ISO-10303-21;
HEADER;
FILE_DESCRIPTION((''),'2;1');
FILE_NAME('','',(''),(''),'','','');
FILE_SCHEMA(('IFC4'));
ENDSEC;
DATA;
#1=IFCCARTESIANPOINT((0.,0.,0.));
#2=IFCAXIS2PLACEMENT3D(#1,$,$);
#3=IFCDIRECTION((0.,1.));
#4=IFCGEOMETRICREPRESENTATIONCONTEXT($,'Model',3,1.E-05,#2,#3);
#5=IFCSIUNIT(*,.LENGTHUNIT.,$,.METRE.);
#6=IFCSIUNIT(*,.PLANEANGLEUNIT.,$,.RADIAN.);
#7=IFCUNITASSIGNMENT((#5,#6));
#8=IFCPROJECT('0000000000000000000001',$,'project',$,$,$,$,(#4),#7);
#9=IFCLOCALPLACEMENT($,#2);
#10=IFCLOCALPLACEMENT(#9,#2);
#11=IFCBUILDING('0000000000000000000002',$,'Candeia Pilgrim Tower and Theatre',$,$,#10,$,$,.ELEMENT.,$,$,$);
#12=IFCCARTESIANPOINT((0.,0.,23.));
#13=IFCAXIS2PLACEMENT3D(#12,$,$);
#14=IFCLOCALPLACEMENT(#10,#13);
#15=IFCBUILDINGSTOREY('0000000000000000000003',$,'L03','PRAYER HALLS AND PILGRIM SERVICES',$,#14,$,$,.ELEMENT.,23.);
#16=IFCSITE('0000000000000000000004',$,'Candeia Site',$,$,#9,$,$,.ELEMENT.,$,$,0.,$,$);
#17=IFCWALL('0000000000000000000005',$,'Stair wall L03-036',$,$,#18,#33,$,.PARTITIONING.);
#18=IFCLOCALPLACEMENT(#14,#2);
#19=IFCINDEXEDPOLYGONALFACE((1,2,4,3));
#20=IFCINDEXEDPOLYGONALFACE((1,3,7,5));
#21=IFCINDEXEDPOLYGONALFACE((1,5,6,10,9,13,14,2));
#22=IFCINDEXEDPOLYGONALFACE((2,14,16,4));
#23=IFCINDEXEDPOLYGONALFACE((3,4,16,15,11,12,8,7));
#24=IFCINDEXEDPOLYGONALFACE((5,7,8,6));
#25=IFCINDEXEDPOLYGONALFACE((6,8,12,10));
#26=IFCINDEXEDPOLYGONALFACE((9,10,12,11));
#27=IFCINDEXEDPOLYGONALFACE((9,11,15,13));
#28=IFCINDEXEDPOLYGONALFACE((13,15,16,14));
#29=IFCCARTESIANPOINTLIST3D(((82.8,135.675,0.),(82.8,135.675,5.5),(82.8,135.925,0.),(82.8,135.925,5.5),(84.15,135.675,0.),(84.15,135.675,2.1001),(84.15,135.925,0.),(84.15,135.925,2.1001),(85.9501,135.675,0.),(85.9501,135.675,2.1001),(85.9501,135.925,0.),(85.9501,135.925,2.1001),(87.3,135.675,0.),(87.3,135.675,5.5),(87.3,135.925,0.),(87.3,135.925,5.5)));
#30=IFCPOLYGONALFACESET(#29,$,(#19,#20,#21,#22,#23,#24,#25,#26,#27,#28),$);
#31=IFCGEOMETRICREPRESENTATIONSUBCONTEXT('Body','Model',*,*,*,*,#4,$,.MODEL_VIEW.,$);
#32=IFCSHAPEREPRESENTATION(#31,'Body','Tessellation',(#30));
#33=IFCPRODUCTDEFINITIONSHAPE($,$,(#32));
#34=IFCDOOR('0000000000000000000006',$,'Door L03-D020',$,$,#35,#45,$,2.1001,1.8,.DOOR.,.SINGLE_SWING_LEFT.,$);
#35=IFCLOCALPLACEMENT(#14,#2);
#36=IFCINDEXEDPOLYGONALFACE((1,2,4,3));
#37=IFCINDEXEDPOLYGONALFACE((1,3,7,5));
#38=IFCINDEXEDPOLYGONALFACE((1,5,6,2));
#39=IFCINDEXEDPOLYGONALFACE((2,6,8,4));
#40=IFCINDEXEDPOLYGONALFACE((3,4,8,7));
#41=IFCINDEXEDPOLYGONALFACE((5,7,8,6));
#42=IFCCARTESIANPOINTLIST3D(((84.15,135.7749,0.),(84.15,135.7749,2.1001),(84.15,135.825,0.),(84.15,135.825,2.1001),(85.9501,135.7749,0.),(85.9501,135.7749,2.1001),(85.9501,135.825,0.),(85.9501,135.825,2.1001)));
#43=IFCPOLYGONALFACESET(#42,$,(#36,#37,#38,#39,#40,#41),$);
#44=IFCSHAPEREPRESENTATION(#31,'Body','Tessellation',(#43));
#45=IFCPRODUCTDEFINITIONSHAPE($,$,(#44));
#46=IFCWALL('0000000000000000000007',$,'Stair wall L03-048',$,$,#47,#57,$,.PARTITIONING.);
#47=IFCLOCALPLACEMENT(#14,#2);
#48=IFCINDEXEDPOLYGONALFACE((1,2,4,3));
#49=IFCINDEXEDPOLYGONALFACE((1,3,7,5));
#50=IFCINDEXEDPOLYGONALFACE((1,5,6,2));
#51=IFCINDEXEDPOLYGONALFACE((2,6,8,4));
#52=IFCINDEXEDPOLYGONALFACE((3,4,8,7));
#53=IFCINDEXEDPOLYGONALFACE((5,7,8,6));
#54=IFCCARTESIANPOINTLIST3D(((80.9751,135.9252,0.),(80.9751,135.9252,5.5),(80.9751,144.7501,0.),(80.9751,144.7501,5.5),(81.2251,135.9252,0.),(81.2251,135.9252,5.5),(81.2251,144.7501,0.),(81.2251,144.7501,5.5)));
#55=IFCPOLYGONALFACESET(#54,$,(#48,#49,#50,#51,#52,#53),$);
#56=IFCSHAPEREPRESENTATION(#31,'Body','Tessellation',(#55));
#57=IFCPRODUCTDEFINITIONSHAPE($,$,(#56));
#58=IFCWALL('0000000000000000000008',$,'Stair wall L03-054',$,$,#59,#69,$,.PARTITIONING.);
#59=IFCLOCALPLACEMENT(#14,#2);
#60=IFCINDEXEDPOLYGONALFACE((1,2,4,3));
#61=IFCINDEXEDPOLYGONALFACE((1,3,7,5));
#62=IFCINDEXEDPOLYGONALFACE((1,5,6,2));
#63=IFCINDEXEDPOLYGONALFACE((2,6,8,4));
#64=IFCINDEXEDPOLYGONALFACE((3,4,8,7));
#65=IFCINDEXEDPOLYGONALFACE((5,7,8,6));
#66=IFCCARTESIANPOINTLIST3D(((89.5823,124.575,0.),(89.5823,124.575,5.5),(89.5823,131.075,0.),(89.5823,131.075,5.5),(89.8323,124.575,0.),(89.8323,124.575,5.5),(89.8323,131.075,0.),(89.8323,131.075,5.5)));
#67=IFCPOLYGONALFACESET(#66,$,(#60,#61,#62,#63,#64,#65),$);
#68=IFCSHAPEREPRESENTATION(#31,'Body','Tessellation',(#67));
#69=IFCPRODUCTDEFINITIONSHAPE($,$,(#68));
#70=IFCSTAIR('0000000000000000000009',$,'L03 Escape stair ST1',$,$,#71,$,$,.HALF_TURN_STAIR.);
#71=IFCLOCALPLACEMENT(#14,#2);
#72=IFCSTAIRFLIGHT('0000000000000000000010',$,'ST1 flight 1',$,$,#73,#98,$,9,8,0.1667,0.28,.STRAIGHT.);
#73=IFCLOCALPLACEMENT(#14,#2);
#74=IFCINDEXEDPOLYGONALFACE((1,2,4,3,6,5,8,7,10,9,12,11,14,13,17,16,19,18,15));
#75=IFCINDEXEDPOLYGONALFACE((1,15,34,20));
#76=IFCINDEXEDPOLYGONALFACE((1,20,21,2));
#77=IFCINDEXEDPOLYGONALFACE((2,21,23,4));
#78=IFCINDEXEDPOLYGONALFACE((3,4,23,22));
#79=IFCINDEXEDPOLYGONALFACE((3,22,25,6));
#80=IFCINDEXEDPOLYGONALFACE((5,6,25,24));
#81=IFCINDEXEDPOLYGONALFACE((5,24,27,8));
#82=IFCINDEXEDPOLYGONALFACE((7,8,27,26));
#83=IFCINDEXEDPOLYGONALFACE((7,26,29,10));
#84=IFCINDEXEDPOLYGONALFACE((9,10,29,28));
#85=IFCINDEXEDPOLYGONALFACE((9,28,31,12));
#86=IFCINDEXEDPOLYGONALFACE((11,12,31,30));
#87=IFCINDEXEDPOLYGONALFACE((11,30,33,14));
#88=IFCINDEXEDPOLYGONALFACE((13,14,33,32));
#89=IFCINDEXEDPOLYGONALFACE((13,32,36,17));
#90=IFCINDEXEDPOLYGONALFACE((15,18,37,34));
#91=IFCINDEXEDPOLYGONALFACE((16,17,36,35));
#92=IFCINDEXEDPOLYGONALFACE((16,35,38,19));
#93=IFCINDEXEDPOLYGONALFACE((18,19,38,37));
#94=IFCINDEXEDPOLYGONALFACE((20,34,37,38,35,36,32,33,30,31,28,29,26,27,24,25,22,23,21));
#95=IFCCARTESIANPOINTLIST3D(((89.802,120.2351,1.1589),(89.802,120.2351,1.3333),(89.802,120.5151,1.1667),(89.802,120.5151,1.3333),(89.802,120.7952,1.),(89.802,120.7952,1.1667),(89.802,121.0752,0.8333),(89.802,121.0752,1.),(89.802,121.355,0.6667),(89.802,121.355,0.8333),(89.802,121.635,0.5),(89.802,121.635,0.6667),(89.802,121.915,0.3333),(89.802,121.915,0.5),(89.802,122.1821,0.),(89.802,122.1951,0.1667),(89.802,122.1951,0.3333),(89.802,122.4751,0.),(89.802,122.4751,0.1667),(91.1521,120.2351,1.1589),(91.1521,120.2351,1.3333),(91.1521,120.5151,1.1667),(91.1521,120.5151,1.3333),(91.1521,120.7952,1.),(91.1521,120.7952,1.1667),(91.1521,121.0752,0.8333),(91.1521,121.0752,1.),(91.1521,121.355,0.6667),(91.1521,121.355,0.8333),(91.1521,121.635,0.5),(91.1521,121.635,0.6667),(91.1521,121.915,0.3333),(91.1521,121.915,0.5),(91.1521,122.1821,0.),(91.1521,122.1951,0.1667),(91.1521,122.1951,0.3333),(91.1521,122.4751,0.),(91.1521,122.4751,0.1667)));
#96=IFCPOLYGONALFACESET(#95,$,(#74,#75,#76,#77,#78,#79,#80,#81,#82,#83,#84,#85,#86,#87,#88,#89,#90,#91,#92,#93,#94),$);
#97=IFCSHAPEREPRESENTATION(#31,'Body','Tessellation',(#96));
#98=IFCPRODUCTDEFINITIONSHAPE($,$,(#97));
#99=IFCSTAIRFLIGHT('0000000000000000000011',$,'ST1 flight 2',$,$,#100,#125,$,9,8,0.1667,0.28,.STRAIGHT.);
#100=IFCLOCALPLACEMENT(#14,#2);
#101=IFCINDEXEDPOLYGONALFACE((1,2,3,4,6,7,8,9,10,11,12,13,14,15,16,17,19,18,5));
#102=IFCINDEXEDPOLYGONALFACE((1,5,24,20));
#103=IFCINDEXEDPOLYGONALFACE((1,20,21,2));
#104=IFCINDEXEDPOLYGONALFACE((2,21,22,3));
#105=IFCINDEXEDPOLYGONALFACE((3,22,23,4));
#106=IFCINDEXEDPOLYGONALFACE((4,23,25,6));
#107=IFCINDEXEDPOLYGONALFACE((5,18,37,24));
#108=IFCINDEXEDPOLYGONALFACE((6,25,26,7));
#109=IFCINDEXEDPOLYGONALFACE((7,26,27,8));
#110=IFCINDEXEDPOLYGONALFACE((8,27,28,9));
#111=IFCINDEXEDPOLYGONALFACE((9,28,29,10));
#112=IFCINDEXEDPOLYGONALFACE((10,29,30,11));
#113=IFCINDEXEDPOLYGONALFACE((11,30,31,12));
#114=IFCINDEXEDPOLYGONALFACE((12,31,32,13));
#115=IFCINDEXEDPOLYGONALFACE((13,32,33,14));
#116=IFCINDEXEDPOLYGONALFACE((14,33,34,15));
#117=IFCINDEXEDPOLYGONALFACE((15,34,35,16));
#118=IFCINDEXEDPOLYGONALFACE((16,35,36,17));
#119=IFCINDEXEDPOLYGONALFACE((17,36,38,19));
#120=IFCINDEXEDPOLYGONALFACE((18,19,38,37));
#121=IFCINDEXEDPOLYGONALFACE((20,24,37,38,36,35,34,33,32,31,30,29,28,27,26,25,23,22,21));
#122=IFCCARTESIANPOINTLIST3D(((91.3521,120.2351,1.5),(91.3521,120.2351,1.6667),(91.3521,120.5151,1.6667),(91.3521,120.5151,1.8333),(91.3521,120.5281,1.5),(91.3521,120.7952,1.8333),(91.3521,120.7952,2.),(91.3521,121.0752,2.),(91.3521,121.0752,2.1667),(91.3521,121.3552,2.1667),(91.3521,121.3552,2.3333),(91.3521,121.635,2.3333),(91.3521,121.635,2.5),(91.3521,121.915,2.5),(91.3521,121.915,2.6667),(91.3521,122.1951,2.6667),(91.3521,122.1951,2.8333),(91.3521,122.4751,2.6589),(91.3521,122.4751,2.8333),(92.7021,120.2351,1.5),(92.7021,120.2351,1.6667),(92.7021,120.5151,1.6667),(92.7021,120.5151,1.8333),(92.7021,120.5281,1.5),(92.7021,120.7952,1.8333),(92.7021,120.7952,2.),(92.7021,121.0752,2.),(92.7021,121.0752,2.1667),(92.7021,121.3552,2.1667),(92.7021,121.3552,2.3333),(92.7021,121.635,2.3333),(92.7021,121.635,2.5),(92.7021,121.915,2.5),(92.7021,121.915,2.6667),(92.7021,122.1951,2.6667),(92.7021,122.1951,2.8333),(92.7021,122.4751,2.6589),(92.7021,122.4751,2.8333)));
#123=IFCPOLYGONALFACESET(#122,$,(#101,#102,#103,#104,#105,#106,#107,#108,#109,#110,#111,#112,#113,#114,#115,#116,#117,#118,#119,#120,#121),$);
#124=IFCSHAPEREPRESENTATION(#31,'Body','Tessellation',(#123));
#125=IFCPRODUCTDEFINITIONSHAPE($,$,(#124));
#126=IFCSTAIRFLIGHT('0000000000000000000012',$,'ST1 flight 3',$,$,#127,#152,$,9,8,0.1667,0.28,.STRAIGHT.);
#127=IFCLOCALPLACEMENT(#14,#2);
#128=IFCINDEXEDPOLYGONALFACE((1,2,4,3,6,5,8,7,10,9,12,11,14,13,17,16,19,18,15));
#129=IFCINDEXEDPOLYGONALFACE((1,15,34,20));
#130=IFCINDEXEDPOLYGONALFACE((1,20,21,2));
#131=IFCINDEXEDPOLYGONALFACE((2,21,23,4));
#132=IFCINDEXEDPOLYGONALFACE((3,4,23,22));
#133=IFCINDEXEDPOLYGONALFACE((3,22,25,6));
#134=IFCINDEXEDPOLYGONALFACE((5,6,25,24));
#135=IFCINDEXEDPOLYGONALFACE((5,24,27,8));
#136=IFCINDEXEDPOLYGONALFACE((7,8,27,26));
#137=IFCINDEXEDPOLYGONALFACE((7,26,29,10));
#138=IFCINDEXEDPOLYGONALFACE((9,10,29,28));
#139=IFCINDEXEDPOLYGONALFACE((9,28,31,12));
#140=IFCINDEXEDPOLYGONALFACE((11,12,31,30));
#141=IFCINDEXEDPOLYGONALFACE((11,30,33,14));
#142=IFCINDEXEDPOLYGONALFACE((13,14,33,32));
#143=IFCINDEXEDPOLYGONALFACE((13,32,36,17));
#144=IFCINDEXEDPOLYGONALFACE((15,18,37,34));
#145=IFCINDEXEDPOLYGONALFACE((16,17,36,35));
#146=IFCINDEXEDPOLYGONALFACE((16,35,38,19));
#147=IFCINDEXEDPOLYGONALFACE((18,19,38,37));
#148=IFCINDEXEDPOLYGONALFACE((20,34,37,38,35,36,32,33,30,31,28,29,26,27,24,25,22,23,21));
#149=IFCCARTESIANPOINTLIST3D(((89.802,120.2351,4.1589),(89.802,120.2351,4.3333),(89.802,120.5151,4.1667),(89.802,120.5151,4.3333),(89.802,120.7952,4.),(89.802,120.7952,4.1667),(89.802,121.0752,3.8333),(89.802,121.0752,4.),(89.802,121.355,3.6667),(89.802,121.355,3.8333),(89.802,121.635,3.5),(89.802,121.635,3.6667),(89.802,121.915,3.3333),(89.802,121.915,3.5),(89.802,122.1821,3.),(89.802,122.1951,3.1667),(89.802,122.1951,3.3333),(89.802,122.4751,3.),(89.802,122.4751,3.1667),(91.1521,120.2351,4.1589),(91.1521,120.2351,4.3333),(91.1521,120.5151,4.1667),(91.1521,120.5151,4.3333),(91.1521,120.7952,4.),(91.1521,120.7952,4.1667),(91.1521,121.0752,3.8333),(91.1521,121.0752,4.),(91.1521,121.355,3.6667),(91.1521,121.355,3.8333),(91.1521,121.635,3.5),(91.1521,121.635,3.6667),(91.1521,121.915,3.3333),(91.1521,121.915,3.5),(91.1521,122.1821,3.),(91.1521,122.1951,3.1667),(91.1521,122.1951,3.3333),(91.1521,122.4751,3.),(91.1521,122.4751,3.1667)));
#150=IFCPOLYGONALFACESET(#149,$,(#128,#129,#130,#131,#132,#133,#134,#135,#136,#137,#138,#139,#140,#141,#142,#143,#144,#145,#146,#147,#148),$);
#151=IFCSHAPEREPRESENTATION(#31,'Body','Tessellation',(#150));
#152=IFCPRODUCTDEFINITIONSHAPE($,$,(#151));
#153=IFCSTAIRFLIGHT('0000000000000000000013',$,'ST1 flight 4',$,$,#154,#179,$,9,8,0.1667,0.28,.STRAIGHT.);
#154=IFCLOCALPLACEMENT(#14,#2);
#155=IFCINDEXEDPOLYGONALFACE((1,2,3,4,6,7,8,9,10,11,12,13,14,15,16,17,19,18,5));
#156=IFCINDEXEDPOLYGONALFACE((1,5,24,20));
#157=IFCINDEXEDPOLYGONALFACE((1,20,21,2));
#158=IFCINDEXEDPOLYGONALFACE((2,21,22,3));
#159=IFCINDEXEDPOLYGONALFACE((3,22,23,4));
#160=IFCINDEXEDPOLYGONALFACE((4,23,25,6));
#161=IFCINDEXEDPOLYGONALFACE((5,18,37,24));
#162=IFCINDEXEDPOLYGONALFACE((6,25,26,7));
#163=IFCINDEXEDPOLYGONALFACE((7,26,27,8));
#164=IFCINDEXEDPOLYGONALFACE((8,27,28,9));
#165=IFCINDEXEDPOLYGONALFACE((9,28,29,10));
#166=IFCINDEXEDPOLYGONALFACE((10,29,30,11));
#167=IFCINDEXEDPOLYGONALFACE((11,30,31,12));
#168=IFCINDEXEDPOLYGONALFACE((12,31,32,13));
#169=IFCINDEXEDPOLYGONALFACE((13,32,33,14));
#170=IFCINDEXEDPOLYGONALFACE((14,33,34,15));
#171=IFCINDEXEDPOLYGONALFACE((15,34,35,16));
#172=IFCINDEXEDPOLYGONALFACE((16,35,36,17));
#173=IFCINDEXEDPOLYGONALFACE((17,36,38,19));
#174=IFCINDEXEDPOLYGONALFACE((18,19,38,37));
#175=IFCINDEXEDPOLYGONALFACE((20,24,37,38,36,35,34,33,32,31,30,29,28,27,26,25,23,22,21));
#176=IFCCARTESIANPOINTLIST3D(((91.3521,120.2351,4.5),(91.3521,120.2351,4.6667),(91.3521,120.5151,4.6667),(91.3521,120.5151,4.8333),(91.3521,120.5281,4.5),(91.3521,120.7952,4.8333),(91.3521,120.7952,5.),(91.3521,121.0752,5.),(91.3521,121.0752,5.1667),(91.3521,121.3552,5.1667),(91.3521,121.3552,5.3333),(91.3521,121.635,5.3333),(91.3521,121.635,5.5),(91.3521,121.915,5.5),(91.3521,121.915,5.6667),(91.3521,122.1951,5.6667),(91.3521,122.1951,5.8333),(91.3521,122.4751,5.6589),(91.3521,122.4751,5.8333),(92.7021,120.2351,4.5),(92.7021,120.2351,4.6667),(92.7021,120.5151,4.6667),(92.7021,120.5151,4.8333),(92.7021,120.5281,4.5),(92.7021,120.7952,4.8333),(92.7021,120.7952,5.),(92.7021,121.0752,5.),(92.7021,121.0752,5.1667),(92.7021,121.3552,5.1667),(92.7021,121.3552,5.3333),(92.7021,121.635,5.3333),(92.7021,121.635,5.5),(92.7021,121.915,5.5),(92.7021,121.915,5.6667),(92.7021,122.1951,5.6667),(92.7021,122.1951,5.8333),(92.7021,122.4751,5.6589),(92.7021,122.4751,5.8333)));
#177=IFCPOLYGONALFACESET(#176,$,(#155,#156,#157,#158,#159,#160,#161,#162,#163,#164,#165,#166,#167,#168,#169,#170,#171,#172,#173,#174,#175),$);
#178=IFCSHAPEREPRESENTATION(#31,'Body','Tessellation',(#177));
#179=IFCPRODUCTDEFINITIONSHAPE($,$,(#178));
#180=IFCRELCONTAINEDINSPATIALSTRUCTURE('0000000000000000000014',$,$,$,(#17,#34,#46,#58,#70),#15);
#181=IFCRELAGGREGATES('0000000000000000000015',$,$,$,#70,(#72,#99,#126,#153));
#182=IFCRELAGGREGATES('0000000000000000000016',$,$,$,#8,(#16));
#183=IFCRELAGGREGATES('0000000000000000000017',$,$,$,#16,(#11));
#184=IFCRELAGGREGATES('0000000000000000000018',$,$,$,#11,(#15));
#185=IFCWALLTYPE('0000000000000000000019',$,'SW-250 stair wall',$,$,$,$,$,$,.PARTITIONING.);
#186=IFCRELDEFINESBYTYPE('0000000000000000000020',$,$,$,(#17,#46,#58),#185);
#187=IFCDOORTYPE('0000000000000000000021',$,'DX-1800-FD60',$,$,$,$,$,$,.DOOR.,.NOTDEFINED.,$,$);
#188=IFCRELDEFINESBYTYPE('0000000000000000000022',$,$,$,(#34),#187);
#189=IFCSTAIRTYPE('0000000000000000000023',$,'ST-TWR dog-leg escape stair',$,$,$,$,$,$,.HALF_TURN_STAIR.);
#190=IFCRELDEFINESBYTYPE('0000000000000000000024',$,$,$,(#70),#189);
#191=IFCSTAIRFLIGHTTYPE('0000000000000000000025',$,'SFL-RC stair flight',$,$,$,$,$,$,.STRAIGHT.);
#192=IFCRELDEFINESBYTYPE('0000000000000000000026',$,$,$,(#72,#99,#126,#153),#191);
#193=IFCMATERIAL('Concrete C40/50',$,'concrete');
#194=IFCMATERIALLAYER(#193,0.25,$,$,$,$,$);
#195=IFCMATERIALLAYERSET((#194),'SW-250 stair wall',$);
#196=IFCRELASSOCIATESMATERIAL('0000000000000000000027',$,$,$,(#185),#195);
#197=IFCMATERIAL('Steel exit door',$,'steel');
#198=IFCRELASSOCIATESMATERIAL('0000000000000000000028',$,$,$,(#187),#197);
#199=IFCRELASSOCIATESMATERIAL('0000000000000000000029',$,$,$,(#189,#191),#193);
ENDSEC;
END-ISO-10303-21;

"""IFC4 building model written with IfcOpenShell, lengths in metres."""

from ifc_helpers import new_model, si_unit, direction, frame, frame_2d, origin, place, context, subcontext, project, spatial, polyline, rectangle, outline, extrude, material, layer, layer_set, type_object, element, fill, aggregate, save


model = new_model("IFC4")

# Units and contexts
model_context = context("Model", 3, precision=1e-05, world=origin(), true_north=direction((0.0, 1.0)))
body_context = subcontext(model_context, "Body", "Model", "MODEL_VIEW")
ifc_project = project(units=[si_unit("LENGTHUNIT", "METRE"), si_unit("PLANEANGLEUNIT", "RADIAN")], contexts=[model_context])

# Site, building, storey
site_placement = place(None, origin())
site = spatial("IfcSite", under=ifc_project, at=site_placement, Name="Candeia Site", CompositionType="ELEMENT", RefElevation=0.0)
building_placement = place(site_placement, origin())
building = spatial("IfcBuilding", under=site, at=building_placement, Name="Candeia Pilgrim Tower and Theatre", CompositionType="ELEMENT")
storey_placement = place(building_placement, frame((0.0, 0.0, 23.0)))
storey = spatial("IfcBuildingStorey", under=building, at=storey_placement, Name="L03", Description="PRAYER HALLS AND PILGRIM SERVICES", CompositionType="ELEMENT", Elevation=23.0)

# Shared definitions
ifc_material_1 = material(Name="Concrete C40/50", Category="concrete")
ifc_layer_1 = layer(ifc_material_1, 0.25)
ifc_layer_set_1 = layer_set([ifc_layer_1], Name="SW-250 stair wall")
wall_type_1 = type_object("IfcWallType", Name="SW-250 stair wall", PredefinedType="PARTITIONING", material=ifc_layer_set_1)

# Wall, opening, door
wall_1_placement = place(storey_placement, frame((82.8, 135.8, 0.0), z_axis=(0.0, 0.0, 1.0), x_axis=(1.0, 0.0, 0.0)))
wall_1 = element("IfcWall", 1, at=wall_1_placement, inside=storey, type_object=wall_type_1, Name="Stair wall L03-036", PredefinedType="PARTITIONING", context=body_context, shape_type="SweptSolid", body=[
    extrude(rectangle(XDim=4.5, YDim=0.25, at=frame_2d((2.25, 0.0))), origin(), (0.0, 0.0, 1.0), 5.5),
])
opening_1_placement = place(wall_1_placement, frame((1.3501, 0.0, 0.0)))
opening_1 = element("IfcOpeningElement", 2, at=opening_1_placement, cuts=wall_1, PredefinedType="OPENING", context=body_context, shape_type="SweptSolid", body=[
    extrude(rectangle(XDim=1.8, YDim=2.1001, at=frame_2d((0.8999, 1.05))), frame((0.0, 0.135, 0.0), z_axis=(0.0, -1.0, 0.0), x_axis=(1.0, 0.0, 0.0)), (0.0, 0.0, 1.0), 0.27),
])
ifc_material_2 = material(Name="Steel exit door", Category="steel")
door_type_1 = type_object("IfcDoorType", Name="DX-1800-FD60", OperationType="NOTDEFINED", PredefinedType="DOOR", material=ifc_material_2)
door_1_placement = place(opening_1_placement, origin())
door_1 = element("IfcDoor", 3, at=door_1_placement, inside=storey, type_object=door_type_1, Name="Door L03-D020", OperationType="SINGLE_SWING_LEFT", OverallHeight=2.1001, OverallWidth=1.8, PredefinedType="DOOR", context=body_context, shape_type="SweptSolid", body=[
    extrude(rectangle(XDim=1.8, YDim=2.1001, at=frame_2d((0.8999, 1.05))), frame((0.0, 0.0249, 0.0), z_axis=(0.0, -1.0, 0.0), x_axis=(1.0, 0.0, 0.0)), (0.0, 0.0, 1.0), 0.05),
])
fill(opening_1, door_1)

# Walls
wall_2_placement = place(storey_placement, frame((81.1001, 135.925, 0.0), z_axis=(0.0, 0.0, 1.0), x_axis=(0.0, 1.0, 0.0)))
element("IfcWall", 4, at=wall_2_placement, inside=storey, type_object=wall_type_1, Name="Stair wall L03-048", PredefinedType="PARTITIONING", context=body_context, shape_type="SweptSolid", body=[
    extrude(rectangle(XDim=8.825, YDim=0.25, at=frame_2d((4.4126, 0.0))), origin(), (0.0, 0.0, 1.0), 5.5),
])
wall_3_placement = place(storey_placement, frame((89.7073, 124.575, 0.0), z_axis=(0.0, 0.0, 1.0), x_axis=(0.0, 1.0, 0.0)))
element("IfcWall", 5, at=wall_3_placement, inside=storey, type_object=wall_type_1, Name="Stair wall L03-054", PredefinedType="PARTITIONING", context=body_context, shape_type="SweptSolid", body=[
    extrude(rectangle(XDim=6.5, YDim=0.25, at=frame_2d((3.25, 0.0))), origin(), (0.0, 0.0, 1.0), 5.5),
])

# Stair, stair flights
stair_type = type_object("IfcStairType", Name="ST-TWR dog-leg escape stair", PredefinedType="HALF_TURN_STAIR", material=ifc_material_1)
stair_1_placement = place(storey_placement, origin())
stair_1 = element("IfcStair", 6, at=stair_1_placement, inside=storey, type_object=stair_type, Name="L03 Escape stair ST1", PredefinedType="HALF_TURN_STAIR")
stair_flight_type = type_object("IfcStairFlightType", Name="SFL-RC stair flight", PredefinedType="STRAIGHT", material=ifc_material_1)
stair_flight_1_placement = place(storey_placement, frame((90.4771, 122.4751, 0.0), z_axis=(0.0, 0.0, 1.0), x_axis=(0.0, -1.0, 0.0)))
stair_flight_1 = element("IfcStairFlight", 7, at=stair_flight_1_placement, type_object=stair_flight_type, Name="ST1 flight 1", NumberOfRisers=9, NumberOfTreads=8, PredefinedType="STRAIGHT", RiserHeight=0.1667, TreadLength=0.28, context=body_context, shape_type="SweptSolid", body=[
    extrude(outline(polyline([(0.0, 0.0), (0.0, 0.1667), (0.28, 0.1667), (0.28, 0.3333), (0.5601, 0.3333), (0.5601, 0.5), (0.8401, 0.5), (0.8401, 0.6667), (1.1201, 0.6667), (1.1201, 0.8333), (1.3999, 0.8333), (1.3999, 1.0), (1.6799, 1.0), (1.6799, 1.1667), (1.96, 1.1667), (1.96, 1.3333), (2.24, 1.3333), (2.24, 1.5), (2.24, 1.1589), (0.293, 0.0), (0.0, 0.0)])), frame((0.0, 0.675, 0.0), z_axis=(0.0, -1.0, 0.0), x_axis=(1.0, 0.0, 0.0)), (0.0, 0.0, 1.0), 1.3501),
])
stair_flight_2_placement = place(storey_placement, frame((92.0271, 120.2351, 1.5), z_axis=(0.0, 0.0, 1.0), x_axis=(0.0, 1.0, 0.0)))
stair_flight_2 = element("IfcStairFlight", 8, at=stair_flight_2_placement, type_object=stair_flight_type, Name="ST1 flight 2", NumberOfRisers=9, NumberOfTreads=8, PredefinedType="STRAIGHT", RiserHeight=0.1667, TreadLength=0.28, context=body_context, shape_type="SweptSolid", body=[
    extrude(outline(polyline([(0.0, 0.0), (0.0, 0.1667), (0.28, 0.1667), (0.28, 0.3333), (0.5601, 0.3333), (0.5601, 0.5), (0.8401, 0.5), (0.8401, 0.6667), (1.1201, 0.6667), (1.1201, 0.8333), (1.3999, 0.8333), (1.3999, 1.0), (1.6799, 1.0), (1.6799, 1.1667), (1.96, 1.1667), (1.96, 1.3333), (2.24, 1.3333), (2.24, 1.5), (2.24, 1.1589), (0.293, 0.0), (0.0, 0.0)])), frame((0.0, 0.675, 0.0), z_axis=(0.0, -1.0, 0.0), x_axis=(1.0, 0.0, 0.0)), (0.0, 0.0, 1.0), 1.3501),
])
stair_flight_3_placement = place(storey_placement, frame((90.4771, 122.4751, 3.0), z_axis=(0.0, 0.0, 1.0), x_axis=(0.0, -1.0, 0.0)))
stair_flight_3 = element("IfcStairFlight", 9, at=stair_flight_3_placement, type_object=stair_flight_type, Name="ST1 flight 3", NumberOfRisers=9, NumberOfTreads=8, PredefinedType="STRAIGHT", RiserHeight=0.1667, TreadLength=0.28, context=body_context, shape_type="SweptSolid", body=[
    extrude(outline(polyline([(0.0, 0.0), (0.0, 0.1667), (0.28, 0.1667), (0.28, 0.3333), (0.5601, 0.3333), (0.5601, 0.5), (0.8401, 0.5), (0.8401, 0.6667), (1.1201, 0.6667), (1.1201, 0.8333), (1.3999, 0.8333), (1.3999, 1.0), (1.6799, 1.0), (1.6799, 1.1667), (1.96, 1.1667), (1.96, 1.3333), (2.24, 1.3333), (2.24, 1.5), (2.24, 1.1589), (0.293, 0.0), (0.0, 0.0)])), frame((0.0, 0.675, 0.0), z_axis=(0.0, -1.0, 0.0), x_axis=(1.0, 0.0, 0.0)), (0.0, 0.0, 1.0), 1.3501),
])
stair_flight_4_placement = place(storey_placement, frame((92.0271, 120.2351, 4.5), z_axis=(0.0, 0.0, 1.0), x_axis=(0.0, 1.0, 0.0)))
stair_flight_4 = element("IfcStairFlight", 10, at=stair_flight_4_placement, type_object=stair_flight_type, Name="ST1 flight 4", NumberOfRisers=9, NumberOfTreads=8, PredefinedType="STRAIGHT", RiserHeight=0.1667, TreadLength=0.28, context=body_context, shape_type="SweptSolid", body=[
    extrude(outline(polyline([(0.0, 0.0), (0.0, 0.1667), (0.28, 0.1667), (0.28, 0.3333), (0.5601, 0.3333), (0.5601, 0.5), (0.8401, 0.5), (0.8401, 0.6667), (1.1201, 0.6667), (1.1201, 0.8333), (1.3999, 0.8333), (1.3999, 1.0), (1.6799, 1.0), (1.6799, 1.1667), (1.96, 1.1667), (1.96, 1.3333), (2.24, 1.3333), (2.24, 1.5), (2.24, 1.1589), (0.293, 0.0), (0.0, 0.0)])), frame((0.0, 0.675, 0.0), z_axis=(0.0, -1.0, 0.0), x_axis=(1.0, 0.0, 0.0)), (0.0, 0.0, 1.0), 1.3501),
])
aggregate(stair_1, [stair_flight_1, stair_flight_2, stair_flight_3, stair_flight_4])

save(model, "model.ifc")
